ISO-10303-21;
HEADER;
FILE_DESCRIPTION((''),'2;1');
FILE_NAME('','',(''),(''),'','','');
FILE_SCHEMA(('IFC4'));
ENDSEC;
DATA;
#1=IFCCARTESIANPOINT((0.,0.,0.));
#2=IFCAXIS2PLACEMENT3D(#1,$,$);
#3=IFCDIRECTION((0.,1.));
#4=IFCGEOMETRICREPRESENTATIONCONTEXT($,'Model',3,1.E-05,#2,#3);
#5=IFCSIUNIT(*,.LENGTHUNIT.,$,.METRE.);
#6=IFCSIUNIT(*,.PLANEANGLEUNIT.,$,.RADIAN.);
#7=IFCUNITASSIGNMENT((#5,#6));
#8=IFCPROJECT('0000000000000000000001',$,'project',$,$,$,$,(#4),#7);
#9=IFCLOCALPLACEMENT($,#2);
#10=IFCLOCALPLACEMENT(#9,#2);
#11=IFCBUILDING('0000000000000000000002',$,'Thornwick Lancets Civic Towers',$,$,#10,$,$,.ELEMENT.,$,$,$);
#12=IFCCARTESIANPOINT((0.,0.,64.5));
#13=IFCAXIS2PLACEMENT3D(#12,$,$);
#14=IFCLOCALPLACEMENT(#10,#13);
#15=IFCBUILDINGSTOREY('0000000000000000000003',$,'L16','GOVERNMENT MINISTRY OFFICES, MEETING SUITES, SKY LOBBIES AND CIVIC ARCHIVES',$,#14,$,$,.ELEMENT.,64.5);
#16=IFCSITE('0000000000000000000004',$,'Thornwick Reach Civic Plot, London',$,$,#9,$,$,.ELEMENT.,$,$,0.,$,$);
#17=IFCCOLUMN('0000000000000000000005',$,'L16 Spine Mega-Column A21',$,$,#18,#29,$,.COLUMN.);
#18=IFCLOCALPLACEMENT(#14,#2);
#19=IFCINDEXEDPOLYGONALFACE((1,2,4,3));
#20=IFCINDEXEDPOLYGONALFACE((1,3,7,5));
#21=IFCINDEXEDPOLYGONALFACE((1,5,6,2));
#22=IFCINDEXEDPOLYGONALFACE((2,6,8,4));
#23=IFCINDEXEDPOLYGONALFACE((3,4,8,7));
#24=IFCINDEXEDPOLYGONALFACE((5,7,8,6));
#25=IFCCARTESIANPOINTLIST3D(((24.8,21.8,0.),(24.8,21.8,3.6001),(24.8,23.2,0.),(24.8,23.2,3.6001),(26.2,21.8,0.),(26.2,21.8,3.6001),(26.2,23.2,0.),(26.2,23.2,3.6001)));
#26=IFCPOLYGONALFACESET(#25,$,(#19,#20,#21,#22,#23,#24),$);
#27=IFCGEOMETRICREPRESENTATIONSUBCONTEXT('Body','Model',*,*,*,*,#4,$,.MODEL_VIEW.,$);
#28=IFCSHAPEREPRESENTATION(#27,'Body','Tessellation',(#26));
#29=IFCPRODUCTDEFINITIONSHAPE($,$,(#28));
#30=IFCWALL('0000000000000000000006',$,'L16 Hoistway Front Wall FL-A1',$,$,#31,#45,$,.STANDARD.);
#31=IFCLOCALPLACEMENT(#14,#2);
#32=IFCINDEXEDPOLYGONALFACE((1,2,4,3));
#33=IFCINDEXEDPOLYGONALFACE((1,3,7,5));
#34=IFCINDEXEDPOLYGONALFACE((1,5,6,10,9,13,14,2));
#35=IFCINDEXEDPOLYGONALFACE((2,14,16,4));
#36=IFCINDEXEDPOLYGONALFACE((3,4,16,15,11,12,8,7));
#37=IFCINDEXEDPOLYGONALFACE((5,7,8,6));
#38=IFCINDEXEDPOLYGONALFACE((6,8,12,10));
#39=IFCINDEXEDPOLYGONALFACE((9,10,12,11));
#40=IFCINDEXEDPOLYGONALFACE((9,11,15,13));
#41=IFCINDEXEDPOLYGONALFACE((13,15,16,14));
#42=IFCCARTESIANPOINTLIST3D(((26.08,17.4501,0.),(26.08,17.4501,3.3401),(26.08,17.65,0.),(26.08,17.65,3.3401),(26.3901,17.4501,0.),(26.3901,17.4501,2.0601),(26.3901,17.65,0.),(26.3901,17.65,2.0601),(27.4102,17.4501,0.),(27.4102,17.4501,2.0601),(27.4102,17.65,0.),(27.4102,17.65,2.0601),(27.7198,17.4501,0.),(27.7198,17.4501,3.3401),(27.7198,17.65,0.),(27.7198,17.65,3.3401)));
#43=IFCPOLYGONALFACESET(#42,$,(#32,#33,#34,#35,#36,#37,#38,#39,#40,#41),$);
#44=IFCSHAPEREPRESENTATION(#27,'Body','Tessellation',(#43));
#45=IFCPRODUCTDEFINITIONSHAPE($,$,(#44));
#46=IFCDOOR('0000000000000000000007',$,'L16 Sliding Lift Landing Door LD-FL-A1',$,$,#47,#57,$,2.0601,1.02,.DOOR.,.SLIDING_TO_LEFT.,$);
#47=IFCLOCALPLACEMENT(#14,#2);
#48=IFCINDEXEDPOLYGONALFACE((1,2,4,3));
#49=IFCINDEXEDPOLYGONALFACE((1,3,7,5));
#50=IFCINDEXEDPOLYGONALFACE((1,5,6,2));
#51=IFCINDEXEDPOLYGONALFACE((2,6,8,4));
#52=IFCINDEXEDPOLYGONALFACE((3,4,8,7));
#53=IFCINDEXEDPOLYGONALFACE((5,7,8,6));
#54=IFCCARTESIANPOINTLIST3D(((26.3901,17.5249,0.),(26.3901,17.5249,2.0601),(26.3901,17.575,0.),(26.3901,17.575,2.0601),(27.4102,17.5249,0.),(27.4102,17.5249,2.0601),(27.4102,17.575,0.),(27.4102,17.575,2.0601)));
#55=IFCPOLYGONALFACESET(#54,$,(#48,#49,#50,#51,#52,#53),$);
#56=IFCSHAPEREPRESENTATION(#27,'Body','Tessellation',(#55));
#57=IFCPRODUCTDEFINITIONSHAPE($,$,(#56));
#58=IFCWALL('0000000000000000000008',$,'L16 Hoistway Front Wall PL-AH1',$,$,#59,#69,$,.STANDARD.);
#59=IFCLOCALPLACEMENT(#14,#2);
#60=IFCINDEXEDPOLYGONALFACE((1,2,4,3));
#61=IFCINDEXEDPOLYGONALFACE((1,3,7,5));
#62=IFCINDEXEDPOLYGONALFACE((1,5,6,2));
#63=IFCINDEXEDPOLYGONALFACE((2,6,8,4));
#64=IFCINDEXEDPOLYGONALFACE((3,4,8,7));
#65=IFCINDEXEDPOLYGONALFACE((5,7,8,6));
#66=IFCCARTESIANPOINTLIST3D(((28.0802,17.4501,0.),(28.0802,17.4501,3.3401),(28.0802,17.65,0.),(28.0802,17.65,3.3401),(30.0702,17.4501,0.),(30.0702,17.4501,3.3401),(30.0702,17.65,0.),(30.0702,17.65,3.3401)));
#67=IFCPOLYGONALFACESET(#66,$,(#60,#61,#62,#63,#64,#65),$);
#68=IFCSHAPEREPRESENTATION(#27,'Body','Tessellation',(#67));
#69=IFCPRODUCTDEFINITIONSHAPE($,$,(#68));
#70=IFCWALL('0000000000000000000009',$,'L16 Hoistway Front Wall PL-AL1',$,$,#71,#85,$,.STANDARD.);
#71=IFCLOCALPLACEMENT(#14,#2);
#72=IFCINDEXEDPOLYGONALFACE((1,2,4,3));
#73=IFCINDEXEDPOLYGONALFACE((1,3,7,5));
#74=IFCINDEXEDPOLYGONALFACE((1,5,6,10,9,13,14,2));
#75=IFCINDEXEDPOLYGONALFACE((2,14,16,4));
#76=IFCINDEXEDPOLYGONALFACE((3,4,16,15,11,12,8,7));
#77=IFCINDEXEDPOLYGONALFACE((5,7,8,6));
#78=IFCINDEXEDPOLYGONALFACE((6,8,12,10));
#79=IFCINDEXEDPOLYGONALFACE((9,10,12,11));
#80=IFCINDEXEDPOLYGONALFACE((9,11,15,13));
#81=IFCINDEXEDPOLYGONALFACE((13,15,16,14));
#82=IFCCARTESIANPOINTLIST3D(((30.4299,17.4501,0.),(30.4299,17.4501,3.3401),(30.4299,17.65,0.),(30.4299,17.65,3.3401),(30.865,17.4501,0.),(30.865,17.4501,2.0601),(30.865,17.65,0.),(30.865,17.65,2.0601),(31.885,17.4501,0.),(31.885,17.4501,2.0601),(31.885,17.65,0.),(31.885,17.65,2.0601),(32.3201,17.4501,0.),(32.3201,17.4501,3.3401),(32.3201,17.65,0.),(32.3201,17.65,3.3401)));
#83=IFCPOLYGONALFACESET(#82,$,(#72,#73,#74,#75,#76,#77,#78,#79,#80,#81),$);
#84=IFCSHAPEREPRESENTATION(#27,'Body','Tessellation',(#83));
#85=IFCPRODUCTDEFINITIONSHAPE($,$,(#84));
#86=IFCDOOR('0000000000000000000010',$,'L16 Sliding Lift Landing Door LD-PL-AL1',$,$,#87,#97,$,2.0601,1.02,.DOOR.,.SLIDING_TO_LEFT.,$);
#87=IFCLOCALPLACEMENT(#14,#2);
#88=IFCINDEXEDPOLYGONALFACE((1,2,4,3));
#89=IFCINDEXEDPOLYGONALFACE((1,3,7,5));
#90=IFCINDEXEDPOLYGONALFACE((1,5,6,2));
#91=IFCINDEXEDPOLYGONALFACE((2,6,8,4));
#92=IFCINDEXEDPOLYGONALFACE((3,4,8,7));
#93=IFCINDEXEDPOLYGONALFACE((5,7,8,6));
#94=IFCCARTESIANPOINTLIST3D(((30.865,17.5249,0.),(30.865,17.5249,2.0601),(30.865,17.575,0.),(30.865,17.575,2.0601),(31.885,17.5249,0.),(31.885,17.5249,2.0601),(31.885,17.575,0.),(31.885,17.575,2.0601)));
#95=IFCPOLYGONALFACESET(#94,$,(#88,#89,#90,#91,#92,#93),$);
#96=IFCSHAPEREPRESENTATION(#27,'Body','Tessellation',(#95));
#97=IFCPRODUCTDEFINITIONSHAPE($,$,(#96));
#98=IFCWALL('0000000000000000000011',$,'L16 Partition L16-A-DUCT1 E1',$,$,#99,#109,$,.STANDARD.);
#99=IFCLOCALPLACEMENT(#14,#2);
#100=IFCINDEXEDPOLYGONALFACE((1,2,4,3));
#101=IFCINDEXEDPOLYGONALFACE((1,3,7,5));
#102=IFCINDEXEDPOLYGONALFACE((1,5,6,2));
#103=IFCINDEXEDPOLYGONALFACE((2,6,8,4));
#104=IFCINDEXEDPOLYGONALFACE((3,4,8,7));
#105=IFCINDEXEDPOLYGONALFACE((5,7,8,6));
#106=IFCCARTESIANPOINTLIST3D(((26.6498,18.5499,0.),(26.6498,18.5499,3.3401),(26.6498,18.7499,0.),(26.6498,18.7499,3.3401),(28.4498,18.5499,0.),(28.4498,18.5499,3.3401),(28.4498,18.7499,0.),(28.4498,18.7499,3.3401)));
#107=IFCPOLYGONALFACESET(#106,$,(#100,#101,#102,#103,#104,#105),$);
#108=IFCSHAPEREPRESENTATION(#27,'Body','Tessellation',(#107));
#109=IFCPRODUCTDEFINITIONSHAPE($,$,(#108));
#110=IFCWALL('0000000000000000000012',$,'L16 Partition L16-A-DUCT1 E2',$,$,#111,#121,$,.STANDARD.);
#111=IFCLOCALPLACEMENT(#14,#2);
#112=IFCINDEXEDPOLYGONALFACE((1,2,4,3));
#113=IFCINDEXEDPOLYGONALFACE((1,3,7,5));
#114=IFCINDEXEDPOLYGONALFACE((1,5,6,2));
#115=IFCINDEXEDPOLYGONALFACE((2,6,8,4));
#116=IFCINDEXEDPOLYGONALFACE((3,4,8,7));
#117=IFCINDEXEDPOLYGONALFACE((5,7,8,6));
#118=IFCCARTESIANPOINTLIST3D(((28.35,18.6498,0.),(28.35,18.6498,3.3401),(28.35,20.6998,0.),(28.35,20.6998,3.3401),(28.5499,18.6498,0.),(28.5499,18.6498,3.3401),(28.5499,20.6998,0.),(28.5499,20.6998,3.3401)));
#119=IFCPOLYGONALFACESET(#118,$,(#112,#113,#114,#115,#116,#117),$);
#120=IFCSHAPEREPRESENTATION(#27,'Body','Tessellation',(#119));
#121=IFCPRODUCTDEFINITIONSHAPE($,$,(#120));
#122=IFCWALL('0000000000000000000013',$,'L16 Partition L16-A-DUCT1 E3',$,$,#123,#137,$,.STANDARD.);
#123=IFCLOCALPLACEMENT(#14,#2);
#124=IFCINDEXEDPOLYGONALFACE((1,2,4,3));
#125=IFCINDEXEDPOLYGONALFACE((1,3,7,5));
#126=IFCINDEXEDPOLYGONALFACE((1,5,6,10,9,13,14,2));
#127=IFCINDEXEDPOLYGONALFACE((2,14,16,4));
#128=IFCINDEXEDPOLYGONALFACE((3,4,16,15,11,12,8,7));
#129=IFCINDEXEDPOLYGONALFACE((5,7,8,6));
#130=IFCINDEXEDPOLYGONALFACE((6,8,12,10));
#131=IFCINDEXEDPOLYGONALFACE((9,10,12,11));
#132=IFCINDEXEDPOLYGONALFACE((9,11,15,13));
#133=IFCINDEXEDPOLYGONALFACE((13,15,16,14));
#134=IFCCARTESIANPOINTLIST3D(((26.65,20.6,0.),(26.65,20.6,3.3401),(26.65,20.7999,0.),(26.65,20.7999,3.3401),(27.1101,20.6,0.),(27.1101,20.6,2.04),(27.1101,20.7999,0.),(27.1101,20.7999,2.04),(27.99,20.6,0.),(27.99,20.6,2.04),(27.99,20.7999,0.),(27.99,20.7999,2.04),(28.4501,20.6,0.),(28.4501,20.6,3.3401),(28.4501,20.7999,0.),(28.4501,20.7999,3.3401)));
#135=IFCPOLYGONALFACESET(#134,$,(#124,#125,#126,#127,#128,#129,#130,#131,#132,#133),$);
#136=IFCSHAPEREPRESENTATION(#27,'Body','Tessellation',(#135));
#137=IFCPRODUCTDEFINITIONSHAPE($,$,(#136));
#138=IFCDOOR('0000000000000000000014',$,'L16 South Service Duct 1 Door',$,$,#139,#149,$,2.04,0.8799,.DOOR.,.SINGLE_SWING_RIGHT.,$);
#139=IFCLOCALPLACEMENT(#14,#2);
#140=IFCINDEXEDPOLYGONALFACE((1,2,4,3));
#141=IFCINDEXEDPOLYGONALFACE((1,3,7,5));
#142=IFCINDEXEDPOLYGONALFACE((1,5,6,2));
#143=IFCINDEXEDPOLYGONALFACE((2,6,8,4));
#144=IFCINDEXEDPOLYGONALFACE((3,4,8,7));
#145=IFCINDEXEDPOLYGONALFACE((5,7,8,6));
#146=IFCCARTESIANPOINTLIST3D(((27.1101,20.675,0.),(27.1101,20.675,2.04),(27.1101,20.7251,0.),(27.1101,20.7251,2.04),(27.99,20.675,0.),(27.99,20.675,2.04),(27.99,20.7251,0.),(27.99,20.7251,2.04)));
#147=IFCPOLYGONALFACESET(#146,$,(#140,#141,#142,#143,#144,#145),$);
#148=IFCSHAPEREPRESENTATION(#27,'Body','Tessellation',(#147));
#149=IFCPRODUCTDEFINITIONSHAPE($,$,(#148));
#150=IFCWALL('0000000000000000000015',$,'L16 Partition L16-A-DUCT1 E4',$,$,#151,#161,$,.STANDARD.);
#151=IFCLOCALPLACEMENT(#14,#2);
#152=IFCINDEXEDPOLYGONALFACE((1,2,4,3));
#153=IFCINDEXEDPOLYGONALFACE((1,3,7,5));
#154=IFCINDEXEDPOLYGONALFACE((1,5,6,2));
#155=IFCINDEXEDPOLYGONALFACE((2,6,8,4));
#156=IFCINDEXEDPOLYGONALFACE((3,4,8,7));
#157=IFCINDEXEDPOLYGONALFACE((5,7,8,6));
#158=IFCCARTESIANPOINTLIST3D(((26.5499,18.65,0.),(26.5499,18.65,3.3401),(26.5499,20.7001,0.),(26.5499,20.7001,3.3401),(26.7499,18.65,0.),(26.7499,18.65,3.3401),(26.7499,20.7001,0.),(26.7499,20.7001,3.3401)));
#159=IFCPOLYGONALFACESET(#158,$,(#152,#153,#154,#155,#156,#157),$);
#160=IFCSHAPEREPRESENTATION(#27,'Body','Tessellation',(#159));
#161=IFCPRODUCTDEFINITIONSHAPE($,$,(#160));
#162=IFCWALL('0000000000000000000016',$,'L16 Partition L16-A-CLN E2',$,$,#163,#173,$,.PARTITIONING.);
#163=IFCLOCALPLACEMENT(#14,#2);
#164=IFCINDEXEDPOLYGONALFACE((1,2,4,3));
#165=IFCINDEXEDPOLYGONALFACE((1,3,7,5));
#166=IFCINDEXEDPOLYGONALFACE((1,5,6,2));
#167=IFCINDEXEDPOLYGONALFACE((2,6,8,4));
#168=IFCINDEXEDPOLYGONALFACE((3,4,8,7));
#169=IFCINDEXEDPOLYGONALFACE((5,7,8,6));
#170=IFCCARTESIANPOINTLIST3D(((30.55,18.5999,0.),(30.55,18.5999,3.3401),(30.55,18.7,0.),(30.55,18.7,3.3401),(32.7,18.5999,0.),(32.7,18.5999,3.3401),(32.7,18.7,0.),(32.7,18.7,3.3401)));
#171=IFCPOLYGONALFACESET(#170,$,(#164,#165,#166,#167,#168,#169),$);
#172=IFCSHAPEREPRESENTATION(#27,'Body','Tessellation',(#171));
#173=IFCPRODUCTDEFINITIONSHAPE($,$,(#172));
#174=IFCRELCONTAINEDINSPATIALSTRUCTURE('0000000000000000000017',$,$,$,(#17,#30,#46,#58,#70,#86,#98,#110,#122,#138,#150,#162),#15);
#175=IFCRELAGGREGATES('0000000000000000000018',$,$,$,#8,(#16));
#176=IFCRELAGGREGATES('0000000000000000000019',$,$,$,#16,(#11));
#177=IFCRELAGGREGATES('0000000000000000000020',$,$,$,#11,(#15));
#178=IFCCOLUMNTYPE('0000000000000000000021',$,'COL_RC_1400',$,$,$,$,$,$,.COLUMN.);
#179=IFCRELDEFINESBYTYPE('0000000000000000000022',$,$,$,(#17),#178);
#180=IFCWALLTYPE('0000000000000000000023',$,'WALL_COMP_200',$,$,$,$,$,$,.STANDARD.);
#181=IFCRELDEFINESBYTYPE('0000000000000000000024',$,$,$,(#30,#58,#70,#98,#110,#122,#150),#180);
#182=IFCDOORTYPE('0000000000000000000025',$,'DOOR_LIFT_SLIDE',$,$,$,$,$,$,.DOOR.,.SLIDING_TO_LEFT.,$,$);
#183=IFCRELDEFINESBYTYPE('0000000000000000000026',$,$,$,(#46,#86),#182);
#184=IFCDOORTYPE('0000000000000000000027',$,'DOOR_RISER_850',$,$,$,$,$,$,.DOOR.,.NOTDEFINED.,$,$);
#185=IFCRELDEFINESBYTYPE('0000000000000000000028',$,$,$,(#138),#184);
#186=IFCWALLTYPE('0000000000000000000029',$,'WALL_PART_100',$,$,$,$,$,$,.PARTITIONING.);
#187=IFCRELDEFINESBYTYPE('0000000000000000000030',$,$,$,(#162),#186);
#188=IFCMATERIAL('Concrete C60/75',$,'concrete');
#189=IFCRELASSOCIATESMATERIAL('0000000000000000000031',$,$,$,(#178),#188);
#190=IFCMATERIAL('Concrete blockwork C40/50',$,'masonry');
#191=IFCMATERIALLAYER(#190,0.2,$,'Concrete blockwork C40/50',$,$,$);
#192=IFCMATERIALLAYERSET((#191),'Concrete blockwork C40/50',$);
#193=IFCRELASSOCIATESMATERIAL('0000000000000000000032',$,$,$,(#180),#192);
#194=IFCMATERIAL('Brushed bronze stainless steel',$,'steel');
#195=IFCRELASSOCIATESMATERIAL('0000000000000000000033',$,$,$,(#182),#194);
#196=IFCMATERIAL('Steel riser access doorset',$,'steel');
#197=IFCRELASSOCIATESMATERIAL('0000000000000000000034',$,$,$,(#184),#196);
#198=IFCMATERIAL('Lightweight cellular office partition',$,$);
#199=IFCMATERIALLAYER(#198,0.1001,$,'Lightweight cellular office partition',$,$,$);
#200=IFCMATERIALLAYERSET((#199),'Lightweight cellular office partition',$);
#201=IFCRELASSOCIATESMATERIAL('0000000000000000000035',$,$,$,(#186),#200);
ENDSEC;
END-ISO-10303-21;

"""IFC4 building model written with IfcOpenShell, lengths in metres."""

from ifc_helpers import new_model, si_unit, direction, frame, frame_2d, origin, origin_2d, place, context, subcontext, project, spatial, rectangle, extrude, material, layer, layer_set, material_profile, profile_set, type_object, element, fill, save


model = new_model("IFC4")

# Units and contexts
model_context = context("Model", 3, precision=1e-05, world=origin(), true_north=direction((0.0, 1.0)))
body_context = subcontext(model_context, "Body", "Model", "MODEL_VIEW")
ifc_project = project(units=[si_unit("LENGTHUNIT", "METRE"), si_unit("PLANEANGLEUNIT", "RADIAN")], contexts=[model_context])

# Site, building, storey
site_placement = place(None, origin())
site = spatial("IfcSite", under=ifc_project, at=site_placement, Name="Thornwick Reach Civic Plot, London", CompositionType="ELEMENT", RefElevation=0.0)
building_placement = place(site_placement, origin())
building = spatial("IfcBuilding", under=site, at=building_placement, Name="Thornwick Lancets Civic Towers", CompositionType="ELEMENT")
storey_placement = place(building_placement, frame((0.0, 0.0, 64.5)))
storey = spatial("IfcBuildingStorey", under=building, at=storey_placement, Name="L16", Description="GOVERNMENT MINISTRY OFFICES, MEETING SUITES, SKY LOBBIES AND CIVIC ARCHIVES", CompositionType="ELEMENT", Elevation=64.5)

# Column
ifc_material_1 = material(Name="Concrete C60/75", Category="concrete")
ifc_material_profile = material_profile(ifc_material_1, rectangle(XDim=1.3999, YDim=1.3999, at=origin_2d()), Name="RC 1400x1400")
ifc_profile_set = profile_set([ifc_material_profile], Name="Concrete C60/75")
column_type = type_object("IfcColumnType", Name="COL_RC_1400", PredefinedType="COLUMN", material=ifc_profile_set)
column_placement = place(storey_placement, frame((25.5, 22.5, 0.0), z_axis=(0.0, 0.0, 1.0), x_axis=(1.0, 0.0, 0.0)))
element("IfcColumn", 1, at=column_placement, inside=storey, type_object=column_type, Name="L16 Spine Mega-Column A21", PredefinedType="COLUMN", context=body_context, shape_type="SweptSolid", body=[
    extrude(rectangle(XDim=1.3999, YDim=1.3999, at=origin_2d()), origin(), (0.0, 0.0, 1.0), 3.6001),
])

# Wall, opening, door
ifc_material_2 = material(Name="Concrete blockwork C40/50", Category="masonry")
ifc_layer_1 = layer(ifc_material_2, 0.2, Name="Concrete blockwork C40/50")
ifc_layer_set_1 = layer_set([ifc_layer_1], Name="Concrete blockwork C40/50")
wall_type_1 = type_object("IfcWallType", Name="WALL_COMP_200", PredefinedType="STANDARD", material=ifc_layer_set_1)
wall_1_placement = place(storey_placement, frame((26.0801, 17.55, 0.0), z_axis=(0.0, 0.0, 1.0), x_axis=(1.0, 0.0, 0.0)))
wall_1 = element("IfcWall", 2, at=wall_1_placement, inside=storey, type_object=wall_type_1, Name="L16 Hoistway Front Wall FL-A1", PredefinedType="STANDARD", context=body_context, shape_type="SweptSolid", body=[
    extrude(rectangle(XDim=1.6399, YDim=0.2, at=frame_2d((0.8198, 0.0))), origin(), (0.0, 0.0, 1.0), 3.3401),
])
opening_1_placement = place(wall_1_placement, frame((0.3101, 0.0, 0.0)))
opening_1 = element("IfcOpeningElement", 3, at=opening_1_placement, cuts=wall_1, PredefinedType="OPENING", context=body_context, shape_type="SweptSolid", body=[
    extrude(rectangle(XDim=1.02, YDim=2.0601, at=frame_2d((0.51, 1.03))), frame((0.0, 0.1099, 0.0), z_axis=(0.0, -1.0, 0.0), x_axis=(1.0, 0.0, 0.0)), (0.0, 0.0, 1.0), 0.22),
])
ifc_material_3 = material(Name="Brushed bronze stainless steel", Category="steel")
door_type_1 = type_object("IfcDoorType", Name="DOOR_LIFT_SLIDE", OperationType="SLIDING_TO_LEFT", PredefinedType="DOOR", material=ifc_material_3)
door_1_placement = place(opening_1_placement, origin())
door_1 = element("IfcDoor", 4, at=door_1_placement, inside=storey, type_object=door_type_1, Name="L16 Sliding Lift Landing Door LD-FL-A1", OperationType="SLIDING_TO_LEFT", OverallHeight=2.0601, OverallWidth=1.02, PredefinedType="DOOR", context=body_context, shape_type="SweptSolid", body=[
    extrude(rectangle(XDim=1.02, YDim=2.0601, at=frame_2d((0.51, 1.03))), frame((0.0, 0.0249, 0.0), z_axis=(0.0, -1.0, 0.0), x_axis=(1.0, 0.0, 0.0)), (0.0, 0.0, 1.0), 0.05),
])
fill(opening_1, door_1)

# Wall
wall_2_placement = place(storey_placement, frame((28.0801, 17.55, 0.0), z_axis=(0.0, 0.0, 1.0), x_axis=(1.0, 0.0, 0.0)))
element("IfcWall", 5, at=wall_2_placement, inside=storey, type_object=wall_type_1, Name="L16 Hoistway Front Wall PL-AH1", PredefinedType="STANDARD", context=body_context, shape_type="SweptSolid", body=[
    extrude(rectangle(XDim=1.99, YDim=0.2, at=frame_2d((0.9951, 0.0))), origin(), (0.0, 0.0, 1.0), 3.3401),
])

# Wall, opening, door
wall_3_placement = place(storey_placement, frame((30.4299, 17.55, 0.0), z_axis=(0.0, 0.0, 1.0), x_axis=(1.0, 0.0, 0.0)))
wall_3 = element("IfcWall", 6, at=wall_3_placement, inside=storey, type_object=wall_type_1, Name="L16 Hoistway Front Wall PL-AL1", PredefinedType="STANDARD", context=body_context, shape_type="SweptSolid", body=[
    extrude(rectangle(XDim=1.8901, YDim=0.2, at=frame_2d((0.9451, 0.0))), origin(), (0.0, 0.0, 1.0), 3.3401),
])
opening_2_placement = place(wall_3_placement, frame((0.4351, 0.0, 0.0)))
opening_2 = element("IfcOpeningElement", 7, at=opening_2_placement, cuts=wall_3, PredefinedType="OPENING", context=body_context, shape_type="SweptSolid", body=[
    extrude(rectangle(XDim=1.02, YDim=2.0601, at=frame_2d((0.51, 1.03))), frame((0.0, 0.1099, 0.0), z_axis=(0.0, -1.0, 0.0), x_axis=(1.0, 0.0, 0.0)), (0.0, 0.0, 1.0), 0.22),
])
door_2_placement = place(opening_2_placement, origin())
door_2 = element("IfcDoor", 8, at=door_2_placement, inside=storey, type_object=door_type_1, Name="L16 Sliding Lift Landing Door LD-PL-AL1", OperationType="SLIDING_TO_LEFT", OverallHeight=2.0601, OverallWidth=1.02, PredefinedType="DOOR", context=body_context, shape_type="SweptSolid", body=[
    extrude(rectangle(XDim=1.02, YDim=2.0601, at=frame_2d((0.51, 1.03))), frame((0.0, 0.0249, 0.0), z_axis=(0.0, -1.0, 0.0), x_axis=(1.0, 0.0, 0.0)), (0.0, 0.0, 1.0), 0.05),
])
fill(opening_2, door_2)

# Walls
wall_4_placement = place(storey_placement, frame((26.6499, 18.6499, 0.0), z_axis=(0.0, 0.0, 1.0), x_axis=(1.0, 0.0, 0.0)))
element("IfcWall", 9, at=wall_4_placement, inside=storey, type_object=wall_type_1, Name="L16 Partition L16-A-DUCT1 E1", PredefinedType="STANDARD", context=body_context, shape_type="SweptSolid", body=[
    extrude(rectangle(XDim=1.8, YDim=0.2, at=frame_2d((0.8999, 0.0))), origin(), (0.0, 0.0, 1.0), 3.3401),
])
wall_5_placement = place(storey_placement, frame((28.45, 18.6499, 0.0), z_axis=(0.0, 0.0, 1.0), x_axis=(0.0, 1.0, 0.0)))
element("IfcWall", 10, at=wall_5_placement, inside=storey, type_object=wall_type_1, Name="L16 Partition L16-A-DUCT1 E2", PredefinedType="STANDARD", context=body_context, shape_type="SweptSolid", body=[
    extrude(rectangle(XDim=2.05, YDim=0.2, at=frame_2d((1.0249, 0.0))), origin(), (0.0, 0.0, 1.0), 3.3401),
])

# Wall, opening, door
wall_6_placement = place(storey_placement, frame((28.45, 20.7, 0.0), z_axis=(0.0, 0.0, 1.0), x_axis=(-1.0, 0.0, 0.0)))
wall_6 = element("IfcWall", 11, at=wall_6_placement, inside=storey, type_object=wall_type_1, Name="L16 Partition L16-A-DUCT1 E3", PredefinedType="STANDARD", context=body_context, shape_type="SweptSolid", body=[
    extrude(rectangle(XDim=1.8, YDim=0.2, at=frame_2d((0.8999, 0.0))), origin(), (0.0, 0.0, 1.0), 3.3401),
])
opening_3_placement = place(wall_6_placement, frame((0.46, 0.0, 0.0)))
opening_3 = element("IfcOpeningElement", 12, at=opening_3_placement, cuts=wall_6, PredefinedType="OPENING", context=body_context, shape_type="SweptSolid", body=[
    extrude(rectangle(XDim=0.8799, YDim=2.04, at=frame_2d((0.4399, 1.02))), frame((0.0, 0.1099, 0.0), z_axis=(0.0, -1.0, 0.0), x_axis=(1.0, 0.0, 0.0)), (0.0, 0.0, 1.0), 0.22),
])
ifc_material_4 = material(Name="Steel riser access doorset", Category="steel")
door_type_2 = type_object("IfcDoorType", Name="DOOR_RISER_850", OperationType="NOTDEFINED", PredefinedType="DOOR", material=ifc_material_4)
door_3_placement = place(opening_3_placement, origin())
door_3 = element("IfcDoor", 13, at=door_3_placement, inside=storey, type_object=door_type_2, Name="L16 South Service Duct 1 Door", OperationType="SINGLE_SWING_RIGHT", OverallHeight=2.04, OverallWidth=0.8799, PredefinedType="DOOR", context=body_context, shape_type="SweptSolid", body=[
    extrude(rectangle(XDim=0.8799, YDim=2.04, at=frame_2d((0.4399, 1.02))), frame((0.0, 0.0249, 0.0), z_axis=(0.0, -1.0, 0.0), x_axis=(1.0, 0.0, 0.0)), (0.0, 0.0, 1.0), 0.05),
])
fill(opening_3, door_3)

# Walls
wall_7_placement = place(storey_placement, frame((26.6499, 20.7, 0.0), z_axis=(0.0, 0.0, 1.0), x_axis=(0.0, -1.0, 0.0)))
element("IfcWall", 14, at=wall_7_placement, inside=storey, type_object=wall_type_1, Name="L16 Partition L16-A-DUCT1 E4", PredefinedType="STANDARD", context=body_context, shape_type="SweptSolid", body=[
    extrude(rectangle(XDim=2.05, YDim=0.2, at=frame_2d((1.0249, 0.0))), origin(), (0.0, 0.0, 1.0), 3.3401),
])
ifc_material_5 = material(Name="Lightweight cellular office partition")
ifc_layer_2 = layer(ifc_material_5, 0.1001, Name="Lightweight cellular office partition")
ifc_layer_set_2 = layer_set([ifc_layer_2], Name="Lightweight cellular office partition")
wall_type_2 = type_object("IfcWallType", Name="WALL_PART_100", PredefinedType="PARTITIONING", material=ifc_layer_set_2)
wall_8_placement = place(storey_placement, frame((32.7, 18.6499, 0.0), z_axis=(0.0, 0.0, 1.0), x_axis=(-1.0, 0.0, 0.0)))
element("IfcWall", 15, at=wall_8_placement, inside=storey, type_object=wall_type_2, Name="L16 Partition L16-A-CLN E2", PredefinedType="PARTITIONING", context=body_context, shape_type="SweptSolid", body=[
    extrude(rectangle(XDim=2.1499, YDim=0.1001, at=frame_2d((1.075, 0.0))), origin(), (0.0, 0.0, 1.0), 3.3401),
])

save(model, "model.ifc")
